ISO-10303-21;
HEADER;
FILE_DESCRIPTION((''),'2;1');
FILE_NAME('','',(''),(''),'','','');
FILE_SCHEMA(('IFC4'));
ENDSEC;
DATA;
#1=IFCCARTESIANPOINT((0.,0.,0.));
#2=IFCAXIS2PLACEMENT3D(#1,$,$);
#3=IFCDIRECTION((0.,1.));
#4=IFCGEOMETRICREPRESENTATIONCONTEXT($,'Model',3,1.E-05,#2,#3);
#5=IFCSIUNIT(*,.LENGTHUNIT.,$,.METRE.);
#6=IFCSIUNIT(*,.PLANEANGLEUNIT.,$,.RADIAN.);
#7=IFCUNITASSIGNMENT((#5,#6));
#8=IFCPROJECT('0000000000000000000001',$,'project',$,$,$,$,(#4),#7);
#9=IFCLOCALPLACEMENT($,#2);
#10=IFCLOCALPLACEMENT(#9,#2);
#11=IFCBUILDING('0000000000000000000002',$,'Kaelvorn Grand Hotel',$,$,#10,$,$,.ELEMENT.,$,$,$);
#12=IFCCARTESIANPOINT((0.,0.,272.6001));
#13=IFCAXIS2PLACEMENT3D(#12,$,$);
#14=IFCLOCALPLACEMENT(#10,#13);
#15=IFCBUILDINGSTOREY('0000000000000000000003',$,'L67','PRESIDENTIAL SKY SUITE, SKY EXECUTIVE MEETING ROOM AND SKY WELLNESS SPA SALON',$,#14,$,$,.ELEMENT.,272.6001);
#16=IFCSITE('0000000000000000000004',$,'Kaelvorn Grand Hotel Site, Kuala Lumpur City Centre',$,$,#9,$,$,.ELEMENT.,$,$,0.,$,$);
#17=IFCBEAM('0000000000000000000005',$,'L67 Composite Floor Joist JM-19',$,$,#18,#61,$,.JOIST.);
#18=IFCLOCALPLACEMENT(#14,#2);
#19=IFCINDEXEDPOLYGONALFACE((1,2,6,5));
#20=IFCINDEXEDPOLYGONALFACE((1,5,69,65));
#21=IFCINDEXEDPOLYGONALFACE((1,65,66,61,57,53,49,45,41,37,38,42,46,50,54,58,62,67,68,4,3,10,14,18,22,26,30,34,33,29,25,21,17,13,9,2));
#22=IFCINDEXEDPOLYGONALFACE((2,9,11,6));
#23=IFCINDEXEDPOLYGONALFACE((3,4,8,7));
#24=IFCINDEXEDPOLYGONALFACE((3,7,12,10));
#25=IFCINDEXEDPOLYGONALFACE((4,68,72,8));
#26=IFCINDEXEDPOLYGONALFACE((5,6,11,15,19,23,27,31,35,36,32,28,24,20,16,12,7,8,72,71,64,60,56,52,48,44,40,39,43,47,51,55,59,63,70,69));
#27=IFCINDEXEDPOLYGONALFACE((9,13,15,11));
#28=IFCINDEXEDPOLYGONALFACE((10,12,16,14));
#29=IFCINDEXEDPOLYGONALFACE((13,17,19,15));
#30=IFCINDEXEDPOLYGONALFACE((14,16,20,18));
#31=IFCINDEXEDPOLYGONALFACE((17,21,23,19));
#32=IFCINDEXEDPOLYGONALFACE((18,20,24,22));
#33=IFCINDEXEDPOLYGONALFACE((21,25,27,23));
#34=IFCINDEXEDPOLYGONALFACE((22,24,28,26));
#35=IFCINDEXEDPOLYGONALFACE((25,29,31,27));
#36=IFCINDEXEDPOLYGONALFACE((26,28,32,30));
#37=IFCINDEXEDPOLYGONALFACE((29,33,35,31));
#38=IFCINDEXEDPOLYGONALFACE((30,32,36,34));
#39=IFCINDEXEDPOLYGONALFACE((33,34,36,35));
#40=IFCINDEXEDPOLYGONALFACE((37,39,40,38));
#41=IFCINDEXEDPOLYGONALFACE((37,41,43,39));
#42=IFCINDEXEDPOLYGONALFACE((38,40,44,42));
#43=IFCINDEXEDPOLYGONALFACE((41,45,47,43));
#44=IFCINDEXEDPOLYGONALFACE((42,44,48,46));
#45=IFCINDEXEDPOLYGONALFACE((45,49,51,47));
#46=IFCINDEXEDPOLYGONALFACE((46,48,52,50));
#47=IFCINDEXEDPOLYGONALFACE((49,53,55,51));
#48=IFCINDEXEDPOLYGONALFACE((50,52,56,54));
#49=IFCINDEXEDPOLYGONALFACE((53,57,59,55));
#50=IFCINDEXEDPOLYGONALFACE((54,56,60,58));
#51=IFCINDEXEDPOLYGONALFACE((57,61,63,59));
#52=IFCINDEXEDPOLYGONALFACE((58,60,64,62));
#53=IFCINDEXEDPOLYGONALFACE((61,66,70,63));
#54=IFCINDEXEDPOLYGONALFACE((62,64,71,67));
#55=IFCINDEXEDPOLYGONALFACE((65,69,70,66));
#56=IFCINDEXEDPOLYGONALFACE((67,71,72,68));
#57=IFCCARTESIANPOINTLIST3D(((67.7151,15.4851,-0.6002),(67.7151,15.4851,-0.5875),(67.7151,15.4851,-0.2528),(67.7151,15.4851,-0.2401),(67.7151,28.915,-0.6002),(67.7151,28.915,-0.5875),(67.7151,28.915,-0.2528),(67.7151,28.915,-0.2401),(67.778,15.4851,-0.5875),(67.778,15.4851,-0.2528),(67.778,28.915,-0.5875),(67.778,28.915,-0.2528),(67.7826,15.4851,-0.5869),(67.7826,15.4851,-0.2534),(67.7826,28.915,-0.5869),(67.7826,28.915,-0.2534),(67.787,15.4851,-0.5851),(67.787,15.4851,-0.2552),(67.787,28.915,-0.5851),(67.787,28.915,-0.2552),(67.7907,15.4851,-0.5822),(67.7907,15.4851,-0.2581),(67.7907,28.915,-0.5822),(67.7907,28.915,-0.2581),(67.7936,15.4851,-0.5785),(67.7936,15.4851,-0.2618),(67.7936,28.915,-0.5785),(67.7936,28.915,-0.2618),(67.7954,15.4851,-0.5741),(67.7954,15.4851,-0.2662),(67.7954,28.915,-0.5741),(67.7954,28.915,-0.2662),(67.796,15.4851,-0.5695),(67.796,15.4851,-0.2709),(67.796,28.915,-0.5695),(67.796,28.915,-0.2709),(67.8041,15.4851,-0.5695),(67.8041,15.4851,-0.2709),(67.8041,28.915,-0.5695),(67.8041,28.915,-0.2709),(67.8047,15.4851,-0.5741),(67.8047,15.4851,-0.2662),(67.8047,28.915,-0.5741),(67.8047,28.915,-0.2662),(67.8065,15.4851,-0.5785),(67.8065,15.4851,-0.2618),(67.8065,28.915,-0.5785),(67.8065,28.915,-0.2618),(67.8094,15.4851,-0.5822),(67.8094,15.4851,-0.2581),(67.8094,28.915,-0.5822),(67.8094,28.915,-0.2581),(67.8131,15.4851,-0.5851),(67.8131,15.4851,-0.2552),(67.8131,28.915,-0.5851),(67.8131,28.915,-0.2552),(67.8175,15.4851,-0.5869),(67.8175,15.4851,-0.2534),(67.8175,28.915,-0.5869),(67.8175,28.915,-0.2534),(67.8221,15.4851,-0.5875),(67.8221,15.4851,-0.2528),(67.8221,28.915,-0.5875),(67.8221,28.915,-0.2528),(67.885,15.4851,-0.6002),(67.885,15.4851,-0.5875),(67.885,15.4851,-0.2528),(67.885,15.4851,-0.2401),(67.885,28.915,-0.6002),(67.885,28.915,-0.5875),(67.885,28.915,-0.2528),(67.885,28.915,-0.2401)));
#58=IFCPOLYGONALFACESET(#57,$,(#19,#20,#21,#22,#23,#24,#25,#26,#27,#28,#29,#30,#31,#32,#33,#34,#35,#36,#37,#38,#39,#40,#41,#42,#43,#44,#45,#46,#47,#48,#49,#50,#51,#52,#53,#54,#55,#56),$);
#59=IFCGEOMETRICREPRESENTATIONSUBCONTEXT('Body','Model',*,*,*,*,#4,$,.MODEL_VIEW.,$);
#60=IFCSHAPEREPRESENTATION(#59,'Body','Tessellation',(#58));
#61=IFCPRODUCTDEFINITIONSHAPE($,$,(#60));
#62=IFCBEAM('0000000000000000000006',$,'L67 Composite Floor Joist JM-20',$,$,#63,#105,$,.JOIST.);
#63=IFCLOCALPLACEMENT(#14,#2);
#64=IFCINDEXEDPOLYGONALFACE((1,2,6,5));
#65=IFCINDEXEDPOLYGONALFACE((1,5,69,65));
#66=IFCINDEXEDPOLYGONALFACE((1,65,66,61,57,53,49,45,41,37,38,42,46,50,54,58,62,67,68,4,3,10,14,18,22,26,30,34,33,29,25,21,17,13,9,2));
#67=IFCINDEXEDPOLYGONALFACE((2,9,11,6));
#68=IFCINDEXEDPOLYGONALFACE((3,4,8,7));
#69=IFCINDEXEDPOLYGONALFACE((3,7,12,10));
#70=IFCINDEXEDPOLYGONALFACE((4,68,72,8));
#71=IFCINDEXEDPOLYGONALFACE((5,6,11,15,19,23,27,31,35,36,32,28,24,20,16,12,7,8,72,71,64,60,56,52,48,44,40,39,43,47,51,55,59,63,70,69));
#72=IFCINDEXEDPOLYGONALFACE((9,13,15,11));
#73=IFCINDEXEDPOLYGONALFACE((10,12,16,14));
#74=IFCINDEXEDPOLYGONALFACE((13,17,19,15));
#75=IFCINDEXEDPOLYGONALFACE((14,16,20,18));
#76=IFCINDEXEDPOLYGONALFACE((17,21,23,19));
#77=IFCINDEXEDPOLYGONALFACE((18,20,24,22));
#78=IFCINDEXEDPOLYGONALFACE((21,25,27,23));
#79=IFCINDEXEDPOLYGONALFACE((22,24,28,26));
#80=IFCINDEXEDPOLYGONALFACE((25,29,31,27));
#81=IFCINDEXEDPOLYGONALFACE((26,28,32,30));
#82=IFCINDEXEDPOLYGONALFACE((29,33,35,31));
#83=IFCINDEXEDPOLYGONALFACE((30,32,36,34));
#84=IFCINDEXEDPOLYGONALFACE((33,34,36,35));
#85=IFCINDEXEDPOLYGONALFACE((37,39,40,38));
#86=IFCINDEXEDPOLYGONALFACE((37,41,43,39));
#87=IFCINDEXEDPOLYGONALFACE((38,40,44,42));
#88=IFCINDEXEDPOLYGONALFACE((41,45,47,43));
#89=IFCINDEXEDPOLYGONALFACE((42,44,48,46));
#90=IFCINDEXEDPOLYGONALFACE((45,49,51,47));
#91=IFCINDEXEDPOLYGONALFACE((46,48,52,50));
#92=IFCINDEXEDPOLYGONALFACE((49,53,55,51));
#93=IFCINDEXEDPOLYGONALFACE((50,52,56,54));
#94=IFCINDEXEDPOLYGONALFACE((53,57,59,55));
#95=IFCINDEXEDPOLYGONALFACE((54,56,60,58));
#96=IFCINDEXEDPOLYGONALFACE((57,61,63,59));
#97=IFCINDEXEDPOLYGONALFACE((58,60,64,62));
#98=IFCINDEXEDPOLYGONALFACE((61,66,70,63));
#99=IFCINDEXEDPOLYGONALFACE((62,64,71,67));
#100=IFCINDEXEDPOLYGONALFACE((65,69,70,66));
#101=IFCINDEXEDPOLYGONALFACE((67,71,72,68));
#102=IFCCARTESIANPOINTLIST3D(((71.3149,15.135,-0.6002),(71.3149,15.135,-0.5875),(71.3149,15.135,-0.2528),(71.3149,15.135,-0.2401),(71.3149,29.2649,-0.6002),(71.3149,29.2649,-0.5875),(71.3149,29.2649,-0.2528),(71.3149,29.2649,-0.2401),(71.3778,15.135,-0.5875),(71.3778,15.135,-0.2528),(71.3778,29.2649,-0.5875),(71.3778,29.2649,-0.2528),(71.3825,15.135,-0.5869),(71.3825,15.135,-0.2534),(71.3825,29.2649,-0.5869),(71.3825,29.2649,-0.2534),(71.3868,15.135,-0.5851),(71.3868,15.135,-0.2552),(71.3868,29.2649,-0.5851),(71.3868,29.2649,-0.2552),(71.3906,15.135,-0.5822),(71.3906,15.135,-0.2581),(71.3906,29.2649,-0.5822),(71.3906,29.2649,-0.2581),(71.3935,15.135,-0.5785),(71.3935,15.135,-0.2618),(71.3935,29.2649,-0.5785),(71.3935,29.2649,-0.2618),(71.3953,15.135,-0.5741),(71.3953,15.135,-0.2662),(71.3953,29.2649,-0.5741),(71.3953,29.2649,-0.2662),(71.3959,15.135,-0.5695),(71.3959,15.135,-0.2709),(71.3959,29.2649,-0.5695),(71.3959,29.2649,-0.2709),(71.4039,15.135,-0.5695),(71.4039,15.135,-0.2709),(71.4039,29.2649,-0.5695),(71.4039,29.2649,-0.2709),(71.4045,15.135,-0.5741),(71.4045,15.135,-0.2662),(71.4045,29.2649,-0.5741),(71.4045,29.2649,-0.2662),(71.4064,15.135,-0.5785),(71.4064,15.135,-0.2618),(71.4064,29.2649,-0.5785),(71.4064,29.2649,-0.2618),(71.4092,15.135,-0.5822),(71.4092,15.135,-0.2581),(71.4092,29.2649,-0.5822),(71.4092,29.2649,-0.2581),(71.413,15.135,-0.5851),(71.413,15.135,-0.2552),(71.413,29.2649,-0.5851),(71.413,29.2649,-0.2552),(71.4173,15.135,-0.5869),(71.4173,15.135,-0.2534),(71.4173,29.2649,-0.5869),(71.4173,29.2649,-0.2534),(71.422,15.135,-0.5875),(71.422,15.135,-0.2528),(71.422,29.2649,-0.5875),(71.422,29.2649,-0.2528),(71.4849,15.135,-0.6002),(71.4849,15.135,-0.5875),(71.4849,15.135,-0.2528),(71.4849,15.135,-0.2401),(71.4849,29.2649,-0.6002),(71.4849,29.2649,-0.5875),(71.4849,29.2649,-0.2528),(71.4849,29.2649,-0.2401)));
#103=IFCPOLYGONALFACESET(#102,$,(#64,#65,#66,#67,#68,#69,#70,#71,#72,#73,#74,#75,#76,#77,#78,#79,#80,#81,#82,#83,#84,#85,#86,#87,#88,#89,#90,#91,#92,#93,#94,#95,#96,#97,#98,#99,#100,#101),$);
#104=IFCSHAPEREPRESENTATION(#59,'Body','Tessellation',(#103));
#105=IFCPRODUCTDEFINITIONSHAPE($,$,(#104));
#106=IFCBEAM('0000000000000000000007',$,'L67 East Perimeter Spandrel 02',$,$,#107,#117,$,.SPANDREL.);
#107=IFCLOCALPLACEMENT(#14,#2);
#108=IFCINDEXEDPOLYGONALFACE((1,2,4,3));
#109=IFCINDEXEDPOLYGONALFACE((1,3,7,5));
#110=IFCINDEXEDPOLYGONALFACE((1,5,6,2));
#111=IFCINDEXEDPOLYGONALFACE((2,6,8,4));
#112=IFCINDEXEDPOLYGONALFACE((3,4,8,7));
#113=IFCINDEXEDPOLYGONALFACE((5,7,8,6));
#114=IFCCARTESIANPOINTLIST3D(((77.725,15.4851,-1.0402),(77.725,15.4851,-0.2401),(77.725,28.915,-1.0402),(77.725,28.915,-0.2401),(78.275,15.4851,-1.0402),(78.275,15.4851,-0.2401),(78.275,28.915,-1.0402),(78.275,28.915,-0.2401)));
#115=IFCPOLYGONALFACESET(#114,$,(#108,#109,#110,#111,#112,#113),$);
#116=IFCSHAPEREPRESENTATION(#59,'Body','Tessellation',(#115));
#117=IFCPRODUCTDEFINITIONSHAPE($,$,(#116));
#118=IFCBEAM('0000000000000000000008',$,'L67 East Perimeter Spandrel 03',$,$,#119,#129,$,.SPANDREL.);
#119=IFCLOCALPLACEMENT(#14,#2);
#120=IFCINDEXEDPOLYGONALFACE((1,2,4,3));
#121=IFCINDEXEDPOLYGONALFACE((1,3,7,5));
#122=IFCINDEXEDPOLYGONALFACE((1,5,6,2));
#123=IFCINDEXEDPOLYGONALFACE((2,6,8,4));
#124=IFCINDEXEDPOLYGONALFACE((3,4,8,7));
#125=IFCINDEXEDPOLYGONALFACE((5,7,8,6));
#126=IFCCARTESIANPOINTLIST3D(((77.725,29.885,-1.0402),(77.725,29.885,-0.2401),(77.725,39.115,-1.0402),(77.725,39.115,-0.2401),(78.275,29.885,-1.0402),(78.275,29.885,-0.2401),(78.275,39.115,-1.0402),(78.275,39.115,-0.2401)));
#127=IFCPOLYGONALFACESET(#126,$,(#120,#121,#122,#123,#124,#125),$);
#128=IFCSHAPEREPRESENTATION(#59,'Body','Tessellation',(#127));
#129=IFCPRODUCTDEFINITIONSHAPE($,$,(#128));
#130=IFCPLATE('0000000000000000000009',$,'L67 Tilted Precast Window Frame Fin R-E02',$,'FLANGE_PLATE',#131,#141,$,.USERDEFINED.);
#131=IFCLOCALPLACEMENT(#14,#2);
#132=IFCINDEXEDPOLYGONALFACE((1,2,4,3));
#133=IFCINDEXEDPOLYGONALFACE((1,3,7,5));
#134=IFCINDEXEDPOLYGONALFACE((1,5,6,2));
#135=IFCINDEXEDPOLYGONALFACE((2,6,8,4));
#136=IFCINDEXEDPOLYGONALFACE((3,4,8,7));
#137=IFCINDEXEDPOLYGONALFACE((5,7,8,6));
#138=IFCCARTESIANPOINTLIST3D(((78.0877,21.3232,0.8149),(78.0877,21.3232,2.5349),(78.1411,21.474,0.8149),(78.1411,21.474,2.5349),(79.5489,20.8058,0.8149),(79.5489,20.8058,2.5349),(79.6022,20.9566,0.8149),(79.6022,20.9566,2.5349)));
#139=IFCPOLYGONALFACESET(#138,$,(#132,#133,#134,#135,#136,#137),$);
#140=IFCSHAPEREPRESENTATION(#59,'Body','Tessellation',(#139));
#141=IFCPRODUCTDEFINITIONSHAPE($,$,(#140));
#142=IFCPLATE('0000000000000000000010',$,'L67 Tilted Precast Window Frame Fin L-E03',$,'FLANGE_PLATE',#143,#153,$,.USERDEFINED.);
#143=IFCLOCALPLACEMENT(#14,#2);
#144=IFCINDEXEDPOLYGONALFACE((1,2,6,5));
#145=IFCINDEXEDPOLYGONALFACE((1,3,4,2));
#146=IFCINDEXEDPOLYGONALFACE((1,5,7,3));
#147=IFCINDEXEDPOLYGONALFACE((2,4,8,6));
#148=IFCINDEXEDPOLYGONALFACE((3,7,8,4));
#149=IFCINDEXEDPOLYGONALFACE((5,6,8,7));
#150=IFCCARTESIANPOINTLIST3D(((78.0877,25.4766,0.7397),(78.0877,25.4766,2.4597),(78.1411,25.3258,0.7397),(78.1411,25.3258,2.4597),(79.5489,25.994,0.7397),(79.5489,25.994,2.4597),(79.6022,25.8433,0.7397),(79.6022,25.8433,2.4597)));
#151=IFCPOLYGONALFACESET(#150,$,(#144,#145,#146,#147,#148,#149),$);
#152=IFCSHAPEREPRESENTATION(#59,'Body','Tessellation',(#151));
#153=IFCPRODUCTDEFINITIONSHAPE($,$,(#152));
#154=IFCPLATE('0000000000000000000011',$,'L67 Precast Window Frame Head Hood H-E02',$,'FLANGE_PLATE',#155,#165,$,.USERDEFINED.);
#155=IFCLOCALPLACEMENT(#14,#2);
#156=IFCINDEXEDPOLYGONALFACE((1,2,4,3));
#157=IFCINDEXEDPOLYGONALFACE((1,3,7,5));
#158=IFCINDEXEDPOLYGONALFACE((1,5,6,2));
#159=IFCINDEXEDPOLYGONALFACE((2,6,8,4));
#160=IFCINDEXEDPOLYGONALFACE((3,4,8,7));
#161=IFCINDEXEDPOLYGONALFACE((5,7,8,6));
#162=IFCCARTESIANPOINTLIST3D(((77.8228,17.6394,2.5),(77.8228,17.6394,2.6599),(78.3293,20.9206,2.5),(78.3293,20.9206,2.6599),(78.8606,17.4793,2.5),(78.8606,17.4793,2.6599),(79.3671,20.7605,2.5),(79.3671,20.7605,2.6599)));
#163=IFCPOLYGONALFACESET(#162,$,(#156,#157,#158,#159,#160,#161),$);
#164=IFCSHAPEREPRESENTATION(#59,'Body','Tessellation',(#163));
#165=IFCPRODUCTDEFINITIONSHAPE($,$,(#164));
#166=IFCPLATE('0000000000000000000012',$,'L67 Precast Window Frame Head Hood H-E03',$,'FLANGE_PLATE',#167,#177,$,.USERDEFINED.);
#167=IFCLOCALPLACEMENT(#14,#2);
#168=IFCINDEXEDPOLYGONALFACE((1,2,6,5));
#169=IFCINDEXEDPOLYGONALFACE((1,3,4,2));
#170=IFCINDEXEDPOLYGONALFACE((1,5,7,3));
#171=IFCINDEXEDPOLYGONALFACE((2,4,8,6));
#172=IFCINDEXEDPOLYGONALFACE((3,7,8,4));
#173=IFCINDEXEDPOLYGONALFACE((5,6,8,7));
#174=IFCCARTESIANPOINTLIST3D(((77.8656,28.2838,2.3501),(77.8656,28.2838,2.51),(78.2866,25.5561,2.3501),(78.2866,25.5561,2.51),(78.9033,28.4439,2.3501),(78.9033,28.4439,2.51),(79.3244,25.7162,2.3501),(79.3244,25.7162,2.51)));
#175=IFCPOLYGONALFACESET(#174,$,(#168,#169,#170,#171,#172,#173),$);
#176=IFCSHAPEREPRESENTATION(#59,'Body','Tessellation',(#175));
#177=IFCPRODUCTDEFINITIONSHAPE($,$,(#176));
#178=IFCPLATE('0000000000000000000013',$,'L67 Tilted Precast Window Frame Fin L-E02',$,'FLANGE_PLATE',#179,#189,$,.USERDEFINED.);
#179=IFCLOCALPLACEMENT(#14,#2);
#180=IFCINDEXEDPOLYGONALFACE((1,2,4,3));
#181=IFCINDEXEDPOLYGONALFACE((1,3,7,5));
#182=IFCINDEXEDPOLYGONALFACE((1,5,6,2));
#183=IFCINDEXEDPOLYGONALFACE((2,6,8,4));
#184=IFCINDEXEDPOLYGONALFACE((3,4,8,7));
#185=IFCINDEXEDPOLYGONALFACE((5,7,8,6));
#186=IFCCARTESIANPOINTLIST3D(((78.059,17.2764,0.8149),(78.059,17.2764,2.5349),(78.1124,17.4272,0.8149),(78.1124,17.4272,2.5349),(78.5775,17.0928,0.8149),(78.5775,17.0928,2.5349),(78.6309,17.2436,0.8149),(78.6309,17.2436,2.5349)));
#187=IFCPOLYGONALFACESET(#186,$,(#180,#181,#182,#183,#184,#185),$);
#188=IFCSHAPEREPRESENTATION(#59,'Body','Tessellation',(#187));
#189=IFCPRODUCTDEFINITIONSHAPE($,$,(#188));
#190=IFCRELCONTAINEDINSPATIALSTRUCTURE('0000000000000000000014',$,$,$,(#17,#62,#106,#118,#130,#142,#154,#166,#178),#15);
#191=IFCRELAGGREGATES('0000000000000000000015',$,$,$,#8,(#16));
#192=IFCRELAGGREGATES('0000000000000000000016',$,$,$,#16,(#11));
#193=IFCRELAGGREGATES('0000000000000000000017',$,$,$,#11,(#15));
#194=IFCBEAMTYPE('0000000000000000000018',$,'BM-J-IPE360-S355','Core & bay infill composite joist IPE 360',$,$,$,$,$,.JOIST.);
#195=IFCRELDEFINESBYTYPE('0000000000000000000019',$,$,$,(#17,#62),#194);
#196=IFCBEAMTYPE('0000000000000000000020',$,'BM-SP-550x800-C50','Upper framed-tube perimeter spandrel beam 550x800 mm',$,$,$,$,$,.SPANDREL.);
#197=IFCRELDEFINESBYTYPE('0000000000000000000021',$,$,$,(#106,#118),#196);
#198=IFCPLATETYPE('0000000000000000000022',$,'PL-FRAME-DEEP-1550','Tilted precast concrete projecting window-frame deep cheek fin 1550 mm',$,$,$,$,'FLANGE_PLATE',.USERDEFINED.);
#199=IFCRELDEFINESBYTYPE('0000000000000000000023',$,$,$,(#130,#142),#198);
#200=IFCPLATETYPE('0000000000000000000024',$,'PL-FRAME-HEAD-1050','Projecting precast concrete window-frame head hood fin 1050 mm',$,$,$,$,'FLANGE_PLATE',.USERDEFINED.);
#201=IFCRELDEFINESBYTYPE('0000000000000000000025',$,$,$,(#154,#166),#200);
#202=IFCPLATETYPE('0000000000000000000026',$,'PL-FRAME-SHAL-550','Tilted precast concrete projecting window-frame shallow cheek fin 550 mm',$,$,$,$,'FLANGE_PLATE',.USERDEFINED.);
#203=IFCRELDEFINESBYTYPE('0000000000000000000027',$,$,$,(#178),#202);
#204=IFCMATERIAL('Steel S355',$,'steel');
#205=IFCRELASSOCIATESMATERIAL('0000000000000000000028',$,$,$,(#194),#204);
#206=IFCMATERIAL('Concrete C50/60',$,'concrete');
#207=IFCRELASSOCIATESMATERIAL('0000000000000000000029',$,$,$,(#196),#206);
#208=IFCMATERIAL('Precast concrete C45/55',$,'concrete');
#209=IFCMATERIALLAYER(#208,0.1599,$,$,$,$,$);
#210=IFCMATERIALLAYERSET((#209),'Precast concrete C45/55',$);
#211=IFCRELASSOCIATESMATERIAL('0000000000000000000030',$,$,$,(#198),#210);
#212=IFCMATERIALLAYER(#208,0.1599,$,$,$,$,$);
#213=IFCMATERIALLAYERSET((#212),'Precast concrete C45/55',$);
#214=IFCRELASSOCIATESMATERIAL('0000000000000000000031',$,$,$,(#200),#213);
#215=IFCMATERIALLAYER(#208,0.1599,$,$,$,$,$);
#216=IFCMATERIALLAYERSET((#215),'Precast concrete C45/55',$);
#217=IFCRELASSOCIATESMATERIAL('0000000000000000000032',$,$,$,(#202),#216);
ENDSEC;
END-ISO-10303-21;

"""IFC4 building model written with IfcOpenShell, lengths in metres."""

from ifc_helpers import new_model, si_unit, direction, frame, origin, origin_2d, place, context, subcontext, project, spatial, rectangle, i_section, extrude, material, layer, layer_set, material_profile, profile_set, type_object, element, save


model = new_model("IFC4")

# Units and contexts
model_context = context("Model", 3, precision=1e-05, world=origin(), true_north=direction((0.0, 1.0)))
body_context = subcontext(model_context, "Body", "Model", "MODEL_VIEW")
ifc_project = project(units=[si_unit("LENGTHUNIT", "METRE"), si_unit("PLANEANGLEUNIT", "RADIAN")], contexts=[model_context])

# Site, building, storey
site_placement = place(None, origin())
site = spatial("IfcSite", under=ifc_project, at=site_placement, Name="Kaelvorn Grand Hotel Site, Kuala Lumpur City Centre", CompositionType="ELEMENT", RefElevation=0.0)
building_placement = place(site_placement, origin())
building = spatial("IfcBuilding", under=site, at=building_placement, Name="Kaelvorn Grand Hotel", CompositionType="ELEMENT")
storey_placement = place(building_placement, frame((0.0, 0.0, 272.6001)))
storey = spatial("IfcBuildingStorey", under=building, at=storey_placement, Name="L67", Description="PRESIDENTIAL SKY SUITE, SKY EXECUTIVE MEETING ROOM AND SKY WELLNESS SPA SALON", CompositionType="ELEMENT", Elevation=272.6001)

# Shared definitions
ifc_material_1 = material(Name="Concrete C50/60", Category="concrete")

# Beams
ifc_material_2 = material(Name="Steel S355", Category="steel")
ifc_material_profile_1 = material_profile(ifc_material_2, i_section(OverallWidth=0.1699, OverallDepth=0.3601, WebThickness=0.0081, FlangeThickness=0.0127, FilletRadius=0.0181, at=origin_2d()), Name="IPE 360")
ifc_profile_set_1 = profile_set([ifc_material_profile_1], Name="Steel S355")
beam_type_1 = type_object("IfcBeamType", Name="BM-J-IPE360-S355", Description="Core & bay infill composite joist IPE 360", PredefinedType="JOIST", material=ifc_profile_set_1)
beam_1_placement = place(storey_placement, frame((67.8, 15.4851, -0.4202), z_axis=(0.0, 1.0, 0.0), x_axis=(-1.0, 0.0, 0.0)))
element("IfcBeam", 1, at=beam_1_placement, inside=storey, type_object=beam_type_1, Name="L67 Composite Floor Joist JM-19", PredefinedType="JOIST", context=body_context, shape_type="SweptSolid", body=[
    extrude(i_section(OverallWidth=0.1699, OverallDepth=0.3601, WebThickness=0.0081, FlangeThickness=0.0127, FilletRadius=0.0181, at=origin_2d()), origin(), (0.0, 0.0, 1.0), 13.4299),
])
beam_2_placement = place(storey_placement, frame((71.3999, 15.135, -0.4202), z_axis=(0.0, 1.0, 0.0), x_axis=(-1.0, 0.0, 0.0)))
element("IfcBeam", 2, at=beam_2_placement, inside=storey, type_object=beam_type_1, Name="L67 Composite Floor Joist JM-20", PredefinedType="JOIST", context=body_context, shape_type="SweptSolid", body=[
    extrude(i_section(OverallWidth=0.1699, OverallDepth=0.3601, WebThickness=0.0081, FlangeThickness=0.0127, FilletRadius=0.0181, at=origin_2d()), origin(), (0.0, 0.0, 1.0), 14.1299),
])
ifc_material_profile_2 = material_profile(ifc_material_1, rectangle(XDim=0.55, YDim=0.8, at=origin_2d()), Name="RC SPANDREL 550x800")
ifc_profile_set_2 = profile_set([ifc_material_profile_2], Name="Concrete C50/60")
beam_type_2 = type_object("IfcBeamType", Name="BM-SP-550x800-C50", Description="Upper framed-tube perimeter spandrel beam 550x800 mm", PredefinedType="SPANDREL", material=ifc_profile_set_2)
beam_3_placement = place(storey_placement, frame((78.0, 15.4851, -0.6401), z_axis=(0.0, 1.0, 0.0), x_axis=(-1.0, 0.0, 0.0)))
element("IfcBeam", 3, at=beam_3_placement, inside=storey, type_object=beam_type_2, Name="L67 East Perimeter Spandrel 02", PredefinedType="SPANDREL", context=body_context, shape_type="SweptSolid", body=[
    extrude(rectangle(XDim=0.55, YDim=0.8, at=origin_2d()), origin(), (0.0, 0.0, 1.0), 13.4299),
])
beam_4_placement = place(storey_placement, frame((78.0, 29.885, -0.6401), z_axis=(0.0, 1.0, 0.0), x_axis=(-1.0, 0.0, 0.0)))
element("IfcBeam", 4, at=beam_4_placement, inside=storey, type_object=beam_type_2, Name="L67 East Perimeter Spandrel 03", PredefinedType="SPANDREL", context=body_context, shape_type="SweptSolid", body=[
    extrude(rectangle(XDim=0.55, YDim=0.8, at=origin_2d()), origin(), (0.0, 0.0, 1.0), 9.23),
])

# Plates
ifc_material_3 = material(Name="Precast concrete C45/55", Category="concrete")
ifc_layer_1 = layer(ifc_material_3, 0.1599)
ifc_layer_set_1 = layer_set([ifc_layer_1], Name="Precast concrete C45/55")
plate_type_1 = type_object("IfcPlateType", Name="PL-FRAME-DEEP-1550", Description="Tilted precast concrete projecting window-frame deep cheek fin 1550 mm", ElementType="FLANGE_PLATE", PredefinedType="USERDEFINED", material=ifc_layer_set_1)
for number, where, z_axis, x_axis, name in (
    (5, (78.845, 21.1399, 0.8149), (0.0, 0.0, 1.0), (0.333807, 0.942641, 0.0), "L67 Tilted Precast Window Frame Fin R-E02"),
    (6, (78.845, 25.6599, 0.7397), (0.0, 0.0, 1.0), (-0.333807, 0.942641, 0.0), "L67 Tilted Precast Window Frame Fin L-E03"),
):
    element("IfcPlate", number, at=place(storey_placement, frame(where, z_axis=z_axis, x_axis=x_axis)), inside=storey, type_object=plate_type_1, Name=name, ObjectType="FLANGE_PLATE", PredefinedType="USERDEFINED", context=body_context, shape_type="SweptSolid", body=[
        extrude(rectangle(XDim=0.1599, YDim=1.55, at=origin_2d()), origin(), (0.0, 0.0, 1.0), 1.72),
    ])
ifc_layer_2 = layer(ifc_material_3, 0.1599)
ifc_layer_set_2 = layer_set([ifc_layer_2], Name="Precast concrete C45/55")
plate_type_2 = type_object("IfcPlateType", Name="PL-FRAME-HEAD-1050", Description="Projecting precast concrete window-frame head hood fin 1050 mm", ElementType="FLANGE_PLATE", PredefinedType="USERDEFINED", material=ifc_layer_set_2)
plate_1_placement = place(storey_placement, frame((78.595, 19.2, 2.5), z_axis=(0.0, 0.0, 1.0), x_axis=(0.152555, 0.988295, 0.0)))
element("IfcPlate", 7, at=plate_1_placement, inside=storey, type_object=plate_type_2, Name="L67 Precast Window Frame Head Hood H-E02", ObjectType="FLANGE_PLATE", PredefinedType="USERDEFINED", context=body_context, shape_type="SweptSolid", body=[
    extrude(rectangle(XDim=3.3201, YDim=1.05, at=origin_2d()), origin(), (0.0, 0.0, 1.0), 0.1599),
])
plate_2_placement = place(storey_placement, frame((78.595, 27.0, 2.3501), z_axis=(0.0, 0.0, 1.0), x_axis=(-0.152555, 0.988295, 0.0)))
element("IfcPlate", 8, at=plate_2_placement, inside=storey, type_object=plate_type_2, Name="L67 Precast Window Frame Head Hood H-E03", ObjectType="FLANGE_PLATE", PredefinedType="USERDEFINED", context=body_context, shape_type="SweptSolid", body=[
    extrude(rectangle(XDim=2.76, YDim=1.05, at=origin_2d()), origin(), (0.0, 0.0, 1.0), 0.1599),
])
ifc_layer_3 = layer(ifc_material_3, 0.1599)
ifc_layer_set_3 = layer_set([ifc_layer_3], Name="Precast concrete C45/55")
plate_type_3 = type_object("IfcPlateType", Name="PL-FRAME-SHAL-550", Description="Tilted precast concrete projecting window-frame shallow cheek fin 550 mm", ElementType="FLANGE_PLATE", PredefinedType="USERDEFINED", material=ifc_layer_set_3)
for number, where, z_axis, x_axis, name in (
    (9, (78.345, 17.26, 0.8149), (0.0, 0.0, 1.0), (0.333807, 0.942641, 0.0), "L67 Tilted Precast Window Frame Fin L-E02"),
):
    element("IfcPlate", number, at=place(storey_placement, frame(where, z_axis=z_axis, x_axis=x_axis)), inside=storey, type_object=plate_type_3, Name=name, ObjectType="FLANGE_PLATE", PredefinedType="USERDEFINED", context=body_context, shape_type="SweptSolid", body=[
        extrude(rectangle(XDim=0.1599, YDim=0.55, at=origin_2d()), origin(), (0.0, 0.0, 1.0), 1.72),
    ])

save(model, "model.ifc")
